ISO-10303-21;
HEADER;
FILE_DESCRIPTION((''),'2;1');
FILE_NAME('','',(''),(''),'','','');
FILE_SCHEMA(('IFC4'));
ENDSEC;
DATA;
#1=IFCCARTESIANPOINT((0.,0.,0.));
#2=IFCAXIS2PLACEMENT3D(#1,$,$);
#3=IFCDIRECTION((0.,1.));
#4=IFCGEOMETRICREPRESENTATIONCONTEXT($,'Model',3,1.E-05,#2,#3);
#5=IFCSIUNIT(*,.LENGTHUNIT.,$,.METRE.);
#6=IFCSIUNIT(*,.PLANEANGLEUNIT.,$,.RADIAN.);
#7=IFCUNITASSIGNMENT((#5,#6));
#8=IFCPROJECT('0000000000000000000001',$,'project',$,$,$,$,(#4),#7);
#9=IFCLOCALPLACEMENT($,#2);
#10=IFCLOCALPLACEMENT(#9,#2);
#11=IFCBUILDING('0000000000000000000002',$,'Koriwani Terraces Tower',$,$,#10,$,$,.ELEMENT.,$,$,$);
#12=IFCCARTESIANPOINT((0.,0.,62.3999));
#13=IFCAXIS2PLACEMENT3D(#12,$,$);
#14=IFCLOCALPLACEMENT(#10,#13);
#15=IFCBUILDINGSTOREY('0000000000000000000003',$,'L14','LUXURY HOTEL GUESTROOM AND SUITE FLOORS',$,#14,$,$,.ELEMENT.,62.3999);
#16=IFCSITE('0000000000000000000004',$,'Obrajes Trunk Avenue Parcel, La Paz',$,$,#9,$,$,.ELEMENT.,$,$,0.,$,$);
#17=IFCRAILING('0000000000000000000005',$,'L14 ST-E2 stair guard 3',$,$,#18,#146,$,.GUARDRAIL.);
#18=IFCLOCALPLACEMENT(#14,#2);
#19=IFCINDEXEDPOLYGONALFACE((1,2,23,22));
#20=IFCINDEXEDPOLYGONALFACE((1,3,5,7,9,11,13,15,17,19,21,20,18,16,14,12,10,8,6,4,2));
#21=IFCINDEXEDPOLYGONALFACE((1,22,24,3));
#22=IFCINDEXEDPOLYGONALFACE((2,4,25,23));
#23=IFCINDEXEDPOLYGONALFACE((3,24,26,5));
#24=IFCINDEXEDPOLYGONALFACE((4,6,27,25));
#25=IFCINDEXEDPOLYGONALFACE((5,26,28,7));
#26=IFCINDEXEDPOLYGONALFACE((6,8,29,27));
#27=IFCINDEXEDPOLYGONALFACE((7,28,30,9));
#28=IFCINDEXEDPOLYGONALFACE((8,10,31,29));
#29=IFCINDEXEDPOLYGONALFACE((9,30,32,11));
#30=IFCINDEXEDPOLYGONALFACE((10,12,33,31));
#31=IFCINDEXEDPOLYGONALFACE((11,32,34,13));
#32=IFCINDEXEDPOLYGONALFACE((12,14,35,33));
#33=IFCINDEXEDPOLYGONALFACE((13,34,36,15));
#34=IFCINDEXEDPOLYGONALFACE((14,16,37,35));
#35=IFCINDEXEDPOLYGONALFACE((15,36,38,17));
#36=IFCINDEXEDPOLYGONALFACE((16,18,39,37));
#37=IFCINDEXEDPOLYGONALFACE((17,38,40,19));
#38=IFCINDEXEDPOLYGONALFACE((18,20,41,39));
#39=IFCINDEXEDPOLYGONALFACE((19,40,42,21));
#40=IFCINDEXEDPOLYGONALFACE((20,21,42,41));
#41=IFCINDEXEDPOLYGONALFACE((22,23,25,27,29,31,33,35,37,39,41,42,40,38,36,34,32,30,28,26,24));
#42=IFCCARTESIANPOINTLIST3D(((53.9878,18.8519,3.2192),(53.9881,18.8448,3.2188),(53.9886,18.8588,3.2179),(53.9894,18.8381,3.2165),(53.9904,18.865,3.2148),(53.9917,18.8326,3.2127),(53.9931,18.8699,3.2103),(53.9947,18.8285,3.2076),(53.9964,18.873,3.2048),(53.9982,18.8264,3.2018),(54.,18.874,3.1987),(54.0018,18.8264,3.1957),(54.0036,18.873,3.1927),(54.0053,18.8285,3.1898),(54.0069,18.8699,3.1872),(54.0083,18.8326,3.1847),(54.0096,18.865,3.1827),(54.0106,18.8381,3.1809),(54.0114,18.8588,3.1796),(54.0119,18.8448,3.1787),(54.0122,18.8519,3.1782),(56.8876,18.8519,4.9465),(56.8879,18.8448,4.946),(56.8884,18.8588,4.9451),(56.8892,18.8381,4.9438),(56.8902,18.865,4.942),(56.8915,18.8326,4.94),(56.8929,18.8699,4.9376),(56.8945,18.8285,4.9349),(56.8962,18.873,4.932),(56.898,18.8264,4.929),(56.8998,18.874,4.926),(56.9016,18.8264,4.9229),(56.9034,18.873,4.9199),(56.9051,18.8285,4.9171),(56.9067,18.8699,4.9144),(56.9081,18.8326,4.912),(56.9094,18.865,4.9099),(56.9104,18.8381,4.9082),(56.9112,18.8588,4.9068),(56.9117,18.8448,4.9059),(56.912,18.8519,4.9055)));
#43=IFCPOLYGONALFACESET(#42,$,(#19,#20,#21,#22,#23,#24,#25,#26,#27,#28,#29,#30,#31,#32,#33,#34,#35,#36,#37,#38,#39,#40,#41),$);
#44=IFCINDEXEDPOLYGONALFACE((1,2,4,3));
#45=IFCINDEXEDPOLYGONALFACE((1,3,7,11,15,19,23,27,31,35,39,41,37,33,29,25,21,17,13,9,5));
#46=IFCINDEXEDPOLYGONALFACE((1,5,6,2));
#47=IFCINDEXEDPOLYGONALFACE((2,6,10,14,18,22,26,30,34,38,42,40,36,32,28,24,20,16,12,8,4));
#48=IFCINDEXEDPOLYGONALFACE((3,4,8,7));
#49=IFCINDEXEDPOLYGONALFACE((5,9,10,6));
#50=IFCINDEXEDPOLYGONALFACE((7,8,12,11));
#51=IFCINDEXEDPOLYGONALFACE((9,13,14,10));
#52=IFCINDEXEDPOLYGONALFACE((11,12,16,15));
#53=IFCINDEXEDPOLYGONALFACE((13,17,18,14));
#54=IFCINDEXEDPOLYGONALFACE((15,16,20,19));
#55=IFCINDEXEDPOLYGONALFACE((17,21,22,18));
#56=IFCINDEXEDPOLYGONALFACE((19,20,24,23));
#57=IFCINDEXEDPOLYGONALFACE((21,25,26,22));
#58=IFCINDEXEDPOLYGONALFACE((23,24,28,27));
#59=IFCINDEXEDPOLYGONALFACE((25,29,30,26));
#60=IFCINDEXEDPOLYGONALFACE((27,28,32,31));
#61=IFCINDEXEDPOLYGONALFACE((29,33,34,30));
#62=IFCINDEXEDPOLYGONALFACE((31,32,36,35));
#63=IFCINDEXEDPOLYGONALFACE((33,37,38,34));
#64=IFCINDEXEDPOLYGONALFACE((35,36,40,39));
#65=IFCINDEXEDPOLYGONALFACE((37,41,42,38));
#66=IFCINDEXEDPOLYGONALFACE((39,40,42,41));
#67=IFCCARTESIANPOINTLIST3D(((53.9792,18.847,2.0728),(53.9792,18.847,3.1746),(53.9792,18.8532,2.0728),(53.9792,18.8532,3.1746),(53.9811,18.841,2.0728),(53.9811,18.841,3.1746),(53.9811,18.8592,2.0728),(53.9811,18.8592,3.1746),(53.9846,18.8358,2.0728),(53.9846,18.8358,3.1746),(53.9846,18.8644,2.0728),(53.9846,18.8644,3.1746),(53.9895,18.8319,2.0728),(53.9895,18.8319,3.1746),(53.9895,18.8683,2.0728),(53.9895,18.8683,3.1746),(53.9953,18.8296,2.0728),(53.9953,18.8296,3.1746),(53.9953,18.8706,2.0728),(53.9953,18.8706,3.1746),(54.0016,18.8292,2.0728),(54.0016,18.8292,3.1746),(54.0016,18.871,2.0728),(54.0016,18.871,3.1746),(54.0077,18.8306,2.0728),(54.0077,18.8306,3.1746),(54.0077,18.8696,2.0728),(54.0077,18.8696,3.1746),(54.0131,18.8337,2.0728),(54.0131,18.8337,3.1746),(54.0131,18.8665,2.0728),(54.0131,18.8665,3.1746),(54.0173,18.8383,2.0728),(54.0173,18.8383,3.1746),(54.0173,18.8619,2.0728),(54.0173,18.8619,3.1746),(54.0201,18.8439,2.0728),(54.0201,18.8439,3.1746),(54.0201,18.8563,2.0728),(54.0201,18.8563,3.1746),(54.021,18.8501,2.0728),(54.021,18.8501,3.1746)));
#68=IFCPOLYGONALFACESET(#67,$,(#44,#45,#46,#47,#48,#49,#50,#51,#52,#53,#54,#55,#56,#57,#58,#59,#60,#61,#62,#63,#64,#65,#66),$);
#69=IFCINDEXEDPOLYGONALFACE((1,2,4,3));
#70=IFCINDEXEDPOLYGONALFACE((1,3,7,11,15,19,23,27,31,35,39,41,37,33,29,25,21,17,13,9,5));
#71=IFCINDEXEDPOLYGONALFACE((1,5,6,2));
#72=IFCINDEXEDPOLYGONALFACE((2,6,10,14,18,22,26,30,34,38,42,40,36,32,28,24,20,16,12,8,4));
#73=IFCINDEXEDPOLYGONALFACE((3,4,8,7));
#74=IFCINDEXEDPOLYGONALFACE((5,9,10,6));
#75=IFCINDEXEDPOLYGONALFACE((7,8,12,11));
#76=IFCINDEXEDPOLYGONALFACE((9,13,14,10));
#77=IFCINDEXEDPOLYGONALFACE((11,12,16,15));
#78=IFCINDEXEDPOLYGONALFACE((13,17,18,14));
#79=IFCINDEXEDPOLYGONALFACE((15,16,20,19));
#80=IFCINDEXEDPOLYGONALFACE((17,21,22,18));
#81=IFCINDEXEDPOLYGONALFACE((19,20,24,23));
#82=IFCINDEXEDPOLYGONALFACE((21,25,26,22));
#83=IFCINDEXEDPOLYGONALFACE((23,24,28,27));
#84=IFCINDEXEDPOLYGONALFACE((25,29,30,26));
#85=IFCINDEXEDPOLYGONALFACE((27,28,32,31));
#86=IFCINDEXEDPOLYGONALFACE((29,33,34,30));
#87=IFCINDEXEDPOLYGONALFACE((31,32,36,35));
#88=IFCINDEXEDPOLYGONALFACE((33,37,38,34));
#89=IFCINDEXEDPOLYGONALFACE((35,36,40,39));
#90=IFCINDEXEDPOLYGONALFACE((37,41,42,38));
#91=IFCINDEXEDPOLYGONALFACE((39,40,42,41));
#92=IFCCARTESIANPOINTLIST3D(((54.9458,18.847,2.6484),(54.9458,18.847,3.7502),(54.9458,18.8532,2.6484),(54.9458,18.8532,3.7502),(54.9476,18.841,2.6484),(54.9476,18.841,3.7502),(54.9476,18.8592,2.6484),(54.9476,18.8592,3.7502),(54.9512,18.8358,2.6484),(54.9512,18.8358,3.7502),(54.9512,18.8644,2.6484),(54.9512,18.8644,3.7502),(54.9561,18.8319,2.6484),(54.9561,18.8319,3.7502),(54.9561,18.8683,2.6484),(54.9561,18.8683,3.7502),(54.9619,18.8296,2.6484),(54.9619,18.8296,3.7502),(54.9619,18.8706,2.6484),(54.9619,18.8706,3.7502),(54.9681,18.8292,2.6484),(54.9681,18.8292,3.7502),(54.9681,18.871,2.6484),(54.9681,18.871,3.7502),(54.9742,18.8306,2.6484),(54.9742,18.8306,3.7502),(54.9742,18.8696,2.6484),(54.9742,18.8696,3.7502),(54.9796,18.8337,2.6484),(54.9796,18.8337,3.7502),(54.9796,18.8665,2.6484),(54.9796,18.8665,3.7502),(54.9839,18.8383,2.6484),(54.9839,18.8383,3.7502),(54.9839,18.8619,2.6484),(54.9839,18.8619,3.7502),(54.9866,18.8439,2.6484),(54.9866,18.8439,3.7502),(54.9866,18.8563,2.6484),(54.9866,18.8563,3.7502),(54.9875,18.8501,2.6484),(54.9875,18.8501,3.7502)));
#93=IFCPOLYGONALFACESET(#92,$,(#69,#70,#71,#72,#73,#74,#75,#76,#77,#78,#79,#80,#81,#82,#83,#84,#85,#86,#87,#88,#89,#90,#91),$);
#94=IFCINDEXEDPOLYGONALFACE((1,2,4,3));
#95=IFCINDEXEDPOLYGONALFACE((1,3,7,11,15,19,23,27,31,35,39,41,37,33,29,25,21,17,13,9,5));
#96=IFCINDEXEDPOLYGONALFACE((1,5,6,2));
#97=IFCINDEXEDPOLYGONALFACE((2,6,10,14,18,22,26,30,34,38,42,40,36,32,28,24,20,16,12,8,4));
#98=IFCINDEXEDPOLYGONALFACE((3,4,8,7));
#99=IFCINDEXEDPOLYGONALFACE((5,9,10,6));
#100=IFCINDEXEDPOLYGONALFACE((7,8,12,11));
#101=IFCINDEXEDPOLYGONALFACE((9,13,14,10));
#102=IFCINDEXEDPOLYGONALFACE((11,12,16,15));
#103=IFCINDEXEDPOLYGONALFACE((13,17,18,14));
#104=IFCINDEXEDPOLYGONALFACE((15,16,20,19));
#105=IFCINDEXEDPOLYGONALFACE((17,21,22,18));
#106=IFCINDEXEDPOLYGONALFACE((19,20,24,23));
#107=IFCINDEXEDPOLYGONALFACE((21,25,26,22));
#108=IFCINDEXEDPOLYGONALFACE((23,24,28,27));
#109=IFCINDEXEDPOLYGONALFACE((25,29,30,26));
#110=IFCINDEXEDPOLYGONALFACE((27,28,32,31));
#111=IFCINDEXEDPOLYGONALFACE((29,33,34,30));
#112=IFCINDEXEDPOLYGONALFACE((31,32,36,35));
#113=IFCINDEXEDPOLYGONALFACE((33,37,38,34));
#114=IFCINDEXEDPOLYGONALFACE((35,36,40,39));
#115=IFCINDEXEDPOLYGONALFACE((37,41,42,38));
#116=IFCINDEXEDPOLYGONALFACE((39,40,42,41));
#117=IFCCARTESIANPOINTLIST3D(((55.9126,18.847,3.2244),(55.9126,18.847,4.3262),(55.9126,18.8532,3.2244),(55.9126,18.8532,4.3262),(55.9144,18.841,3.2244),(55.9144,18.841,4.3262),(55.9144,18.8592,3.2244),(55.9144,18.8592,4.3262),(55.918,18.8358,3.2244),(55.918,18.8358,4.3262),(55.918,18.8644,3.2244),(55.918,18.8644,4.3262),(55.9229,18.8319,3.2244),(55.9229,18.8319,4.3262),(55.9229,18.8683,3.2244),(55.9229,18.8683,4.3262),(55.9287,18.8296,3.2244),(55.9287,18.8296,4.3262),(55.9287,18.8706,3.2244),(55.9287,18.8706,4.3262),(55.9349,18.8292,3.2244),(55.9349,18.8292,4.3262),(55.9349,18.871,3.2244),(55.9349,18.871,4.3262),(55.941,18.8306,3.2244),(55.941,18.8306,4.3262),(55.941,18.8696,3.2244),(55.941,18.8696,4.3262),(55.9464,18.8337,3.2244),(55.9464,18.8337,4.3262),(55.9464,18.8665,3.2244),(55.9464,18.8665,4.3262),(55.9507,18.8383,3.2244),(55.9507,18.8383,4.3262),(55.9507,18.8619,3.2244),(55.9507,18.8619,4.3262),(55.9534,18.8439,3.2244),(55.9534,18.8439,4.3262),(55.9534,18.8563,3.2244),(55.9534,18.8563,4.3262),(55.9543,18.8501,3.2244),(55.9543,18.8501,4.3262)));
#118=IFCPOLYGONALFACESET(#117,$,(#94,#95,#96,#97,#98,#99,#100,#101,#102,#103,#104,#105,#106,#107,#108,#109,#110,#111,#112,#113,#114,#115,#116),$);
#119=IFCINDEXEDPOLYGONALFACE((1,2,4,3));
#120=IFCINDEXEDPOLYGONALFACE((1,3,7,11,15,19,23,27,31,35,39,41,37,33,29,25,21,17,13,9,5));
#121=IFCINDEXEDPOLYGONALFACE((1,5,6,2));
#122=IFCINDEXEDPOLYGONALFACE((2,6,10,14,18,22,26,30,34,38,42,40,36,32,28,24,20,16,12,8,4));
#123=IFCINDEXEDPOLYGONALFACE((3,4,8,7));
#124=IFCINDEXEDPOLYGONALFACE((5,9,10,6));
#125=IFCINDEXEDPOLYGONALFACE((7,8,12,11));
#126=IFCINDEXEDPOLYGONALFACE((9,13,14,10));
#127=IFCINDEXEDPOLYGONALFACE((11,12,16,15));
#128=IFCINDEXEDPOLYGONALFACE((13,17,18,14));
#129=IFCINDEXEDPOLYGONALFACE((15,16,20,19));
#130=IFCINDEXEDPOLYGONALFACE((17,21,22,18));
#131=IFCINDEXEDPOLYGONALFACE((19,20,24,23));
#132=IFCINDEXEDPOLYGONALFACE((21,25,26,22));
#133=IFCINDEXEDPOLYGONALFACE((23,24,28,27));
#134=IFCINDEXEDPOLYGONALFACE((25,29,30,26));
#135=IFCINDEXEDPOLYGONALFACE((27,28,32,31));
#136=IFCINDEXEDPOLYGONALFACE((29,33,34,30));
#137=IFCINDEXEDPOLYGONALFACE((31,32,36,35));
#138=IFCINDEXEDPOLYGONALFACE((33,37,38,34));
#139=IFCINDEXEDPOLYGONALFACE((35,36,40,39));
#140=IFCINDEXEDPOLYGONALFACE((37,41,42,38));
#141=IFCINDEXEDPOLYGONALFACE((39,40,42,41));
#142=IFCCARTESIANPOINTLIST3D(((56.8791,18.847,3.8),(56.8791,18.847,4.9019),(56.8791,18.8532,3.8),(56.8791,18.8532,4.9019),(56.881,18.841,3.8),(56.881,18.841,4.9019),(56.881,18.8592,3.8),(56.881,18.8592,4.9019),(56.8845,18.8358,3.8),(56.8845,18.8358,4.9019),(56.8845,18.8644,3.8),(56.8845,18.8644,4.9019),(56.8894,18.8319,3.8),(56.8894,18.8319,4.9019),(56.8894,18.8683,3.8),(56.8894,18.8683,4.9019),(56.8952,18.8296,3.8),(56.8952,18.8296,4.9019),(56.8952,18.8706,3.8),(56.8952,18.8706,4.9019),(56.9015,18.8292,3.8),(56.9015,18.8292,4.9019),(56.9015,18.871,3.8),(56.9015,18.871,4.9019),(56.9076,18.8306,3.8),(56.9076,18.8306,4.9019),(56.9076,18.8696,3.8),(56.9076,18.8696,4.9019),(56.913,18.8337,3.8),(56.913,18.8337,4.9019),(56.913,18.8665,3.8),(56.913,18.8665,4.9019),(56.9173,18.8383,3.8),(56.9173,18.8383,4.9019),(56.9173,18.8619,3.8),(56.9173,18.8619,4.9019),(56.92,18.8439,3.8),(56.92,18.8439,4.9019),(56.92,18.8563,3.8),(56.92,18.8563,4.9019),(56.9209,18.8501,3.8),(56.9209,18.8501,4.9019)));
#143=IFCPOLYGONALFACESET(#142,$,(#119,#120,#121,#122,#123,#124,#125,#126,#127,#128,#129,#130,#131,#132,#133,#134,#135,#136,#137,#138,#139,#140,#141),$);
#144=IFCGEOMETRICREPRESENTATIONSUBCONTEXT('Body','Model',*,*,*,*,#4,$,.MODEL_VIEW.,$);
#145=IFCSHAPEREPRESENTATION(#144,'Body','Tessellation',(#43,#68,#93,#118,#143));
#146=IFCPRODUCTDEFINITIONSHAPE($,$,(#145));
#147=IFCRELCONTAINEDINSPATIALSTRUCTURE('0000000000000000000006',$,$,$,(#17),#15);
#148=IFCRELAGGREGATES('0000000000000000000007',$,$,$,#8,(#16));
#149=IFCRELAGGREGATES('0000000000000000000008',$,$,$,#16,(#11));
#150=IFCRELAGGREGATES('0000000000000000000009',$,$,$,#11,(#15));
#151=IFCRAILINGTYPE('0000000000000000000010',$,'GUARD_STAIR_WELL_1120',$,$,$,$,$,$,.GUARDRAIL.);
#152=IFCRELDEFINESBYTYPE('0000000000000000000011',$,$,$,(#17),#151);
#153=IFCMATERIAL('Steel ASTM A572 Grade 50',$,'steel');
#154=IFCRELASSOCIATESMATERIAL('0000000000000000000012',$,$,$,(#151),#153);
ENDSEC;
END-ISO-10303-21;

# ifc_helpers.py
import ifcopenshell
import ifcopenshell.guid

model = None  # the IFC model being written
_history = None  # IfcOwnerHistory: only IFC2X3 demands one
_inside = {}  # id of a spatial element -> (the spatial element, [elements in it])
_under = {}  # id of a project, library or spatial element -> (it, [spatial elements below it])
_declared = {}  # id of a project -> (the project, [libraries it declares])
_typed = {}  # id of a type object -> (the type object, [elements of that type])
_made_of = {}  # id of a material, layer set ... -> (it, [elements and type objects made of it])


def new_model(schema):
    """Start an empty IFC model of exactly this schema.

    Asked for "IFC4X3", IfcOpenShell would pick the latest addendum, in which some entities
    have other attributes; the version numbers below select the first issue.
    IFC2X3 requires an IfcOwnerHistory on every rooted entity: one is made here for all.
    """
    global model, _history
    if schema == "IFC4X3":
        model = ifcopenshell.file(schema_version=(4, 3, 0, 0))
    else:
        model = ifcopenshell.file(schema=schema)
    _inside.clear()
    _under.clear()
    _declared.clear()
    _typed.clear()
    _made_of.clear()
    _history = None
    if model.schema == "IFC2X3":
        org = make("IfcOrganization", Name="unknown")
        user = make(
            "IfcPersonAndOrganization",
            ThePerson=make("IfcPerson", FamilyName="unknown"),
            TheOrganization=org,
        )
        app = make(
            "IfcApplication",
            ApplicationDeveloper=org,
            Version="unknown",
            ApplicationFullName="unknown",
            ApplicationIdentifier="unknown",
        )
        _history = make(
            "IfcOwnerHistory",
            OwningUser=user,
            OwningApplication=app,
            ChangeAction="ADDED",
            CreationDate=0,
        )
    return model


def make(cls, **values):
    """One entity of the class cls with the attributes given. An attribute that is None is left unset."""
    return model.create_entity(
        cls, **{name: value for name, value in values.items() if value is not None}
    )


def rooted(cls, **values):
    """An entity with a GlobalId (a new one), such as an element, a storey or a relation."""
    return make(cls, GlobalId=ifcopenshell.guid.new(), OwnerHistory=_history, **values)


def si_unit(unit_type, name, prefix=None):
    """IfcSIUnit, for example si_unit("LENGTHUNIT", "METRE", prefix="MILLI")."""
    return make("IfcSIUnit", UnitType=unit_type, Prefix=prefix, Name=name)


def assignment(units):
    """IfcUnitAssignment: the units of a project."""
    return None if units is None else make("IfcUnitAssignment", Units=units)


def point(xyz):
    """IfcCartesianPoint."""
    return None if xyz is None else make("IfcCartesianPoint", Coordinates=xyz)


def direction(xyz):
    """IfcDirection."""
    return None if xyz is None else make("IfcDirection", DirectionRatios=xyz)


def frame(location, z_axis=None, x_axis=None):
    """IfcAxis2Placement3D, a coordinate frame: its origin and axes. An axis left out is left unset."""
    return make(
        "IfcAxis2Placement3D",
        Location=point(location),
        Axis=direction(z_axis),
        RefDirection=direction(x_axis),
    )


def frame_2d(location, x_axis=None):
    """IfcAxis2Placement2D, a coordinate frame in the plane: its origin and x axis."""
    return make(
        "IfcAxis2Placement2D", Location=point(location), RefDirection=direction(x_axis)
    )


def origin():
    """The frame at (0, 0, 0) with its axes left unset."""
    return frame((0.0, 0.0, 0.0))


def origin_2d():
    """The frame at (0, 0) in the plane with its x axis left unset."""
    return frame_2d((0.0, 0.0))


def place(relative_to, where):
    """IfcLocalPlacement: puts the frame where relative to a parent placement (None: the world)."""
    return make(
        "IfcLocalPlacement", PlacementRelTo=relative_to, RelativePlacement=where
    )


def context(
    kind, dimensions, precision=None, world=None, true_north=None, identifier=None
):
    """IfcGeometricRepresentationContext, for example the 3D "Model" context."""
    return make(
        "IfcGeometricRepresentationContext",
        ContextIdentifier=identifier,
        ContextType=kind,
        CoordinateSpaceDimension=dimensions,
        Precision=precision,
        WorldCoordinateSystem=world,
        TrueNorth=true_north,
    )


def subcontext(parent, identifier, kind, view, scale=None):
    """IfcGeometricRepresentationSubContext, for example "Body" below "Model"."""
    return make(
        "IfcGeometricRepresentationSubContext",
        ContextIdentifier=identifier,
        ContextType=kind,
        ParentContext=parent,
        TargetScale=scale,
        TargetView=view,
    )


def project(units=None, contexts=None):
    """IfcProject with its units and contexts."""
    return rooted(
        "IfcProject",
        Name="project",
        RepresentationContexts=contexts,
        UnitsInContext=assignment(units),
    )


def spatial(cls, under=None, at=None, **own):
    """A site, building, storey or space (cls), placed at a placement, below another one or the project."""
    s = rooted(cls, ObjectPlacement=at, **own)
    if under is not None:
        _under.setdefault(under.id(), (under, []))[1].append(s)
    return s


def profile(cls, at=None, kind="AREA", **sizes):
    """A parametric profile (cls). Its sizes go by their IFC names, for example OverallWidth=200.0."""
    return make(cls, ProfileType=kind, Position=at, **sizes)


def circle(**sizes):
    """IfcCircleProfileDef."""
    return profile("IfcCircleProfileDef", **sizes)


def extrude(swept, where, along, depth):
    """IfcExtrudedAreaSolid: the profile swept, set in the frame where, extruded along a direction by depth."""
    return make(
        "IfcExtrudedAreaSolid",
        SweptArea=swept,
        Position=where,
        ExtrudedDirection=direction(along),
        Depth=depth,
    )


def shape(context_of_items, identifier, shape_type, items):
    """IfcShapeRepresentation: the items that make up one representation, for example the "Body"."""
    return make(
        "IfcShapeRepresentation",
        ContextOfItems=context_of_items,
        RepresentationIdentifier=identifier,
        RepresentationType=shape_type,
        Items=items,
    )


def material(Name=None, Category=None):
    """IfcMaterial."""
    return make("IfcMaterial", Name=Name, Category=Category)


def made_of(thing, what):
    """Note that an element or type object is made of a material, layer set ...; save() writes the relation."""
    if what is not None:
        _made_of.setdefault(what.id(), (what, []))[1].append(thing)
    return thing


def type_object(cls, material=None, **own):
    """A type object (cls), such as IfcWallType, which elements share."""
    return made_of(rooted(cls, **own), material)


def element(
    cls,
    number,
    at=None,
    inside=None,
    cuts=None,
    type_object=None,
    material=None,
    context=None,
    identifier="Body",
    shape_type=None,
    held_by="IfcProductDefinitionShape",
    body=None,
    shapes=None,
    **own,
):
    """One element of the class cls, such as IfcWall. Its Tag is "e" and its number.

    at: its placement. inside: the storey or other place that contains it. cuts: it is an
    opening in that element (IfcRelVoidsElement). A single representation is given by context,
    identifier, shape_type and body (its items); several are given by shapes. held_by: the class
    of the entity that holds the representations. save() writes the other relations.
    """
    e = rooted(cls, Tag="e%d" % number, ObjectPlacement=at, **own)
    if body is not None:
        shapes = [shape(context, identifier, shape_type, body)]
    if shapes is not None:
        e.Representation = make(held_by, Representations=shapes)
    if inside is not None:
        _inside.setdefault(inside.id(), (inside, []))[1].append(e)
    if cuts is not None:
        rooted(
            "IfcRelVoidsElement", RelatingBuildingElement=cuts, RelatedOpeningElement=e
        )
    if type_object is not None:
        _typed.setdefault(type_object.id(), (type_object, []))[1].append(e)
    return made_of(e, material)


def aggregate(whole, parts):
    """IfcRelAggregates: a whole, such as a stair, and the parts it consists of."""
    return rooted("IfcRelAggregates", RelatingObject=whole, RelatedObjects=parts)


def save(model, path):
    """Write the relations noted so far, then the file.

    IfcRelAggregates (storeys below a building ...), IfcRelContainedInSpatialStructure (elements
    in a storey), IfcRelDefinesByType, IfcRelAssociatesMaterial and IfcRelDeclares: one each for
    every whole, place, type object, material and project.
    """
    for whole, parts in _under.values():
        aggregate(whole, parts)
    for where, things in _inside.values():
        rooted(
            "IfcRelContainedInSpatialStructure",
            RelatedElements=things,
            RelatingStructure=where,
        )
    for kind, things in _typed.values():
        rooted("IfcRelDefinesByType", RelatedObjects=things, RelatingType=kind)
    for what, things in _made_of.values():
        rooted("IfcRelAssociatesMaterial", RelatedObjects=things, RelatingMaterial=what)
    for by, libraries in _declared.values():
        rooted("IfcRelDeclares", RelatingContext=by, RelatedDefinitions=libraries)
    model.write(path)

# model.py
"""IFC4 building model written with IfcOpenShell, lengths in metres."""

from ifc_helpers import new_model, si_unit, direction, frame, origin, origin_2d, place, context, subcontext, project, spatial, circle, extrude, material, type_object, element, save


model = new_model("IFC4")

# Units and contexts
model_context = context("Model", 3, precision=1e-05, world=origin(), true_north=direction((0.0, 1.0)))
body_context = subcontext(model_context, "Body", "Model", "MODEL_VIEW")
ifc_project = project(units=[si_unit("LENGTHUNIT", "METRE"), si_unit("PLANEANGLEUNIT", "RADIAN")], contexts=[model_context])

# Site, building, storey
site_placement = place(None, origin())
site = spatial("IfcSite", under=ifc_project, at=site_placement, Name="Obrajes Trunk Avenue Parcel, La Paz", CompositionType="ELEMENT", RefElevation=0.0)
building_placement = place(site_placement, origin())
building = spatial("IfcBuilding", under=site, at=building_placement, Name="Koriwani Terraces Tower", CompositionType="ELEMENT")
storey_placement = place(building_placement, frame((0.0, 0.0, 62.3999)))
storey = spatial("IfcBuildingStorey", under=building, at=storey_placement, Name="L14", Description="LUXURY HOTEL GUESTROOM AND SUITE FLOORS", CompositionType="ELEMENT", Elevation=62.3999)

# Shared definitions
ifc_material_1 = material(Name="Steel ASTM A572 Grade 50", Category="steel")

# Railing
railing_type_1 = type_object("IfcRailingType", Name="GUARD_STAIR_WELL_1120", PredefinedType="GUARDRAIL", material=ifc_material_1)
railing_1_placement = place(storey_placement, frame((54.0, 18.8501, 2.0728)))
element("IfcRailing", 1, at=railing_1_placement, inside=storey, type_object=railing_type_1, Name="L14 ST-E2 stair guard 3", PredefinedType="GUARDRAIL", context=body_context, shape_type="SweptSolid", body=[
    extrude(circle(Radius=0.0239, at=origin_2d()), frame((0.0, 0.0, 1.126), z_axis=(0.859141, 0.0, 0.511738), x_axis=(0.0, 1.0, 0.0)), (0.0, 0.0, 1.0), 3.3752),
    extrude(circle(Radius=0.021, at=origin_2d()), origin(), (0.0, 0.0, 1.0), 1.1018),
    extrude(circle(Radius=0.021, at=origin_2d()), frame((0.9666, 0.0, 0.5757)), (0.0, 0.0, 1.0), 1.1018),
    extrude(circle(Radius=0.021, at=origin_2d()), frame((1.9333, 0.0, 1.1516)), (0.0, 0.0, 1.0), 1.1018),
    extrude(circle(Radius=0.021, at=origin_2d()), frame((2.8999, 0.0, 1.7273)), (0.0, 0.0, 1.0), 1.1018),
])

save(model, "model.ifc")
